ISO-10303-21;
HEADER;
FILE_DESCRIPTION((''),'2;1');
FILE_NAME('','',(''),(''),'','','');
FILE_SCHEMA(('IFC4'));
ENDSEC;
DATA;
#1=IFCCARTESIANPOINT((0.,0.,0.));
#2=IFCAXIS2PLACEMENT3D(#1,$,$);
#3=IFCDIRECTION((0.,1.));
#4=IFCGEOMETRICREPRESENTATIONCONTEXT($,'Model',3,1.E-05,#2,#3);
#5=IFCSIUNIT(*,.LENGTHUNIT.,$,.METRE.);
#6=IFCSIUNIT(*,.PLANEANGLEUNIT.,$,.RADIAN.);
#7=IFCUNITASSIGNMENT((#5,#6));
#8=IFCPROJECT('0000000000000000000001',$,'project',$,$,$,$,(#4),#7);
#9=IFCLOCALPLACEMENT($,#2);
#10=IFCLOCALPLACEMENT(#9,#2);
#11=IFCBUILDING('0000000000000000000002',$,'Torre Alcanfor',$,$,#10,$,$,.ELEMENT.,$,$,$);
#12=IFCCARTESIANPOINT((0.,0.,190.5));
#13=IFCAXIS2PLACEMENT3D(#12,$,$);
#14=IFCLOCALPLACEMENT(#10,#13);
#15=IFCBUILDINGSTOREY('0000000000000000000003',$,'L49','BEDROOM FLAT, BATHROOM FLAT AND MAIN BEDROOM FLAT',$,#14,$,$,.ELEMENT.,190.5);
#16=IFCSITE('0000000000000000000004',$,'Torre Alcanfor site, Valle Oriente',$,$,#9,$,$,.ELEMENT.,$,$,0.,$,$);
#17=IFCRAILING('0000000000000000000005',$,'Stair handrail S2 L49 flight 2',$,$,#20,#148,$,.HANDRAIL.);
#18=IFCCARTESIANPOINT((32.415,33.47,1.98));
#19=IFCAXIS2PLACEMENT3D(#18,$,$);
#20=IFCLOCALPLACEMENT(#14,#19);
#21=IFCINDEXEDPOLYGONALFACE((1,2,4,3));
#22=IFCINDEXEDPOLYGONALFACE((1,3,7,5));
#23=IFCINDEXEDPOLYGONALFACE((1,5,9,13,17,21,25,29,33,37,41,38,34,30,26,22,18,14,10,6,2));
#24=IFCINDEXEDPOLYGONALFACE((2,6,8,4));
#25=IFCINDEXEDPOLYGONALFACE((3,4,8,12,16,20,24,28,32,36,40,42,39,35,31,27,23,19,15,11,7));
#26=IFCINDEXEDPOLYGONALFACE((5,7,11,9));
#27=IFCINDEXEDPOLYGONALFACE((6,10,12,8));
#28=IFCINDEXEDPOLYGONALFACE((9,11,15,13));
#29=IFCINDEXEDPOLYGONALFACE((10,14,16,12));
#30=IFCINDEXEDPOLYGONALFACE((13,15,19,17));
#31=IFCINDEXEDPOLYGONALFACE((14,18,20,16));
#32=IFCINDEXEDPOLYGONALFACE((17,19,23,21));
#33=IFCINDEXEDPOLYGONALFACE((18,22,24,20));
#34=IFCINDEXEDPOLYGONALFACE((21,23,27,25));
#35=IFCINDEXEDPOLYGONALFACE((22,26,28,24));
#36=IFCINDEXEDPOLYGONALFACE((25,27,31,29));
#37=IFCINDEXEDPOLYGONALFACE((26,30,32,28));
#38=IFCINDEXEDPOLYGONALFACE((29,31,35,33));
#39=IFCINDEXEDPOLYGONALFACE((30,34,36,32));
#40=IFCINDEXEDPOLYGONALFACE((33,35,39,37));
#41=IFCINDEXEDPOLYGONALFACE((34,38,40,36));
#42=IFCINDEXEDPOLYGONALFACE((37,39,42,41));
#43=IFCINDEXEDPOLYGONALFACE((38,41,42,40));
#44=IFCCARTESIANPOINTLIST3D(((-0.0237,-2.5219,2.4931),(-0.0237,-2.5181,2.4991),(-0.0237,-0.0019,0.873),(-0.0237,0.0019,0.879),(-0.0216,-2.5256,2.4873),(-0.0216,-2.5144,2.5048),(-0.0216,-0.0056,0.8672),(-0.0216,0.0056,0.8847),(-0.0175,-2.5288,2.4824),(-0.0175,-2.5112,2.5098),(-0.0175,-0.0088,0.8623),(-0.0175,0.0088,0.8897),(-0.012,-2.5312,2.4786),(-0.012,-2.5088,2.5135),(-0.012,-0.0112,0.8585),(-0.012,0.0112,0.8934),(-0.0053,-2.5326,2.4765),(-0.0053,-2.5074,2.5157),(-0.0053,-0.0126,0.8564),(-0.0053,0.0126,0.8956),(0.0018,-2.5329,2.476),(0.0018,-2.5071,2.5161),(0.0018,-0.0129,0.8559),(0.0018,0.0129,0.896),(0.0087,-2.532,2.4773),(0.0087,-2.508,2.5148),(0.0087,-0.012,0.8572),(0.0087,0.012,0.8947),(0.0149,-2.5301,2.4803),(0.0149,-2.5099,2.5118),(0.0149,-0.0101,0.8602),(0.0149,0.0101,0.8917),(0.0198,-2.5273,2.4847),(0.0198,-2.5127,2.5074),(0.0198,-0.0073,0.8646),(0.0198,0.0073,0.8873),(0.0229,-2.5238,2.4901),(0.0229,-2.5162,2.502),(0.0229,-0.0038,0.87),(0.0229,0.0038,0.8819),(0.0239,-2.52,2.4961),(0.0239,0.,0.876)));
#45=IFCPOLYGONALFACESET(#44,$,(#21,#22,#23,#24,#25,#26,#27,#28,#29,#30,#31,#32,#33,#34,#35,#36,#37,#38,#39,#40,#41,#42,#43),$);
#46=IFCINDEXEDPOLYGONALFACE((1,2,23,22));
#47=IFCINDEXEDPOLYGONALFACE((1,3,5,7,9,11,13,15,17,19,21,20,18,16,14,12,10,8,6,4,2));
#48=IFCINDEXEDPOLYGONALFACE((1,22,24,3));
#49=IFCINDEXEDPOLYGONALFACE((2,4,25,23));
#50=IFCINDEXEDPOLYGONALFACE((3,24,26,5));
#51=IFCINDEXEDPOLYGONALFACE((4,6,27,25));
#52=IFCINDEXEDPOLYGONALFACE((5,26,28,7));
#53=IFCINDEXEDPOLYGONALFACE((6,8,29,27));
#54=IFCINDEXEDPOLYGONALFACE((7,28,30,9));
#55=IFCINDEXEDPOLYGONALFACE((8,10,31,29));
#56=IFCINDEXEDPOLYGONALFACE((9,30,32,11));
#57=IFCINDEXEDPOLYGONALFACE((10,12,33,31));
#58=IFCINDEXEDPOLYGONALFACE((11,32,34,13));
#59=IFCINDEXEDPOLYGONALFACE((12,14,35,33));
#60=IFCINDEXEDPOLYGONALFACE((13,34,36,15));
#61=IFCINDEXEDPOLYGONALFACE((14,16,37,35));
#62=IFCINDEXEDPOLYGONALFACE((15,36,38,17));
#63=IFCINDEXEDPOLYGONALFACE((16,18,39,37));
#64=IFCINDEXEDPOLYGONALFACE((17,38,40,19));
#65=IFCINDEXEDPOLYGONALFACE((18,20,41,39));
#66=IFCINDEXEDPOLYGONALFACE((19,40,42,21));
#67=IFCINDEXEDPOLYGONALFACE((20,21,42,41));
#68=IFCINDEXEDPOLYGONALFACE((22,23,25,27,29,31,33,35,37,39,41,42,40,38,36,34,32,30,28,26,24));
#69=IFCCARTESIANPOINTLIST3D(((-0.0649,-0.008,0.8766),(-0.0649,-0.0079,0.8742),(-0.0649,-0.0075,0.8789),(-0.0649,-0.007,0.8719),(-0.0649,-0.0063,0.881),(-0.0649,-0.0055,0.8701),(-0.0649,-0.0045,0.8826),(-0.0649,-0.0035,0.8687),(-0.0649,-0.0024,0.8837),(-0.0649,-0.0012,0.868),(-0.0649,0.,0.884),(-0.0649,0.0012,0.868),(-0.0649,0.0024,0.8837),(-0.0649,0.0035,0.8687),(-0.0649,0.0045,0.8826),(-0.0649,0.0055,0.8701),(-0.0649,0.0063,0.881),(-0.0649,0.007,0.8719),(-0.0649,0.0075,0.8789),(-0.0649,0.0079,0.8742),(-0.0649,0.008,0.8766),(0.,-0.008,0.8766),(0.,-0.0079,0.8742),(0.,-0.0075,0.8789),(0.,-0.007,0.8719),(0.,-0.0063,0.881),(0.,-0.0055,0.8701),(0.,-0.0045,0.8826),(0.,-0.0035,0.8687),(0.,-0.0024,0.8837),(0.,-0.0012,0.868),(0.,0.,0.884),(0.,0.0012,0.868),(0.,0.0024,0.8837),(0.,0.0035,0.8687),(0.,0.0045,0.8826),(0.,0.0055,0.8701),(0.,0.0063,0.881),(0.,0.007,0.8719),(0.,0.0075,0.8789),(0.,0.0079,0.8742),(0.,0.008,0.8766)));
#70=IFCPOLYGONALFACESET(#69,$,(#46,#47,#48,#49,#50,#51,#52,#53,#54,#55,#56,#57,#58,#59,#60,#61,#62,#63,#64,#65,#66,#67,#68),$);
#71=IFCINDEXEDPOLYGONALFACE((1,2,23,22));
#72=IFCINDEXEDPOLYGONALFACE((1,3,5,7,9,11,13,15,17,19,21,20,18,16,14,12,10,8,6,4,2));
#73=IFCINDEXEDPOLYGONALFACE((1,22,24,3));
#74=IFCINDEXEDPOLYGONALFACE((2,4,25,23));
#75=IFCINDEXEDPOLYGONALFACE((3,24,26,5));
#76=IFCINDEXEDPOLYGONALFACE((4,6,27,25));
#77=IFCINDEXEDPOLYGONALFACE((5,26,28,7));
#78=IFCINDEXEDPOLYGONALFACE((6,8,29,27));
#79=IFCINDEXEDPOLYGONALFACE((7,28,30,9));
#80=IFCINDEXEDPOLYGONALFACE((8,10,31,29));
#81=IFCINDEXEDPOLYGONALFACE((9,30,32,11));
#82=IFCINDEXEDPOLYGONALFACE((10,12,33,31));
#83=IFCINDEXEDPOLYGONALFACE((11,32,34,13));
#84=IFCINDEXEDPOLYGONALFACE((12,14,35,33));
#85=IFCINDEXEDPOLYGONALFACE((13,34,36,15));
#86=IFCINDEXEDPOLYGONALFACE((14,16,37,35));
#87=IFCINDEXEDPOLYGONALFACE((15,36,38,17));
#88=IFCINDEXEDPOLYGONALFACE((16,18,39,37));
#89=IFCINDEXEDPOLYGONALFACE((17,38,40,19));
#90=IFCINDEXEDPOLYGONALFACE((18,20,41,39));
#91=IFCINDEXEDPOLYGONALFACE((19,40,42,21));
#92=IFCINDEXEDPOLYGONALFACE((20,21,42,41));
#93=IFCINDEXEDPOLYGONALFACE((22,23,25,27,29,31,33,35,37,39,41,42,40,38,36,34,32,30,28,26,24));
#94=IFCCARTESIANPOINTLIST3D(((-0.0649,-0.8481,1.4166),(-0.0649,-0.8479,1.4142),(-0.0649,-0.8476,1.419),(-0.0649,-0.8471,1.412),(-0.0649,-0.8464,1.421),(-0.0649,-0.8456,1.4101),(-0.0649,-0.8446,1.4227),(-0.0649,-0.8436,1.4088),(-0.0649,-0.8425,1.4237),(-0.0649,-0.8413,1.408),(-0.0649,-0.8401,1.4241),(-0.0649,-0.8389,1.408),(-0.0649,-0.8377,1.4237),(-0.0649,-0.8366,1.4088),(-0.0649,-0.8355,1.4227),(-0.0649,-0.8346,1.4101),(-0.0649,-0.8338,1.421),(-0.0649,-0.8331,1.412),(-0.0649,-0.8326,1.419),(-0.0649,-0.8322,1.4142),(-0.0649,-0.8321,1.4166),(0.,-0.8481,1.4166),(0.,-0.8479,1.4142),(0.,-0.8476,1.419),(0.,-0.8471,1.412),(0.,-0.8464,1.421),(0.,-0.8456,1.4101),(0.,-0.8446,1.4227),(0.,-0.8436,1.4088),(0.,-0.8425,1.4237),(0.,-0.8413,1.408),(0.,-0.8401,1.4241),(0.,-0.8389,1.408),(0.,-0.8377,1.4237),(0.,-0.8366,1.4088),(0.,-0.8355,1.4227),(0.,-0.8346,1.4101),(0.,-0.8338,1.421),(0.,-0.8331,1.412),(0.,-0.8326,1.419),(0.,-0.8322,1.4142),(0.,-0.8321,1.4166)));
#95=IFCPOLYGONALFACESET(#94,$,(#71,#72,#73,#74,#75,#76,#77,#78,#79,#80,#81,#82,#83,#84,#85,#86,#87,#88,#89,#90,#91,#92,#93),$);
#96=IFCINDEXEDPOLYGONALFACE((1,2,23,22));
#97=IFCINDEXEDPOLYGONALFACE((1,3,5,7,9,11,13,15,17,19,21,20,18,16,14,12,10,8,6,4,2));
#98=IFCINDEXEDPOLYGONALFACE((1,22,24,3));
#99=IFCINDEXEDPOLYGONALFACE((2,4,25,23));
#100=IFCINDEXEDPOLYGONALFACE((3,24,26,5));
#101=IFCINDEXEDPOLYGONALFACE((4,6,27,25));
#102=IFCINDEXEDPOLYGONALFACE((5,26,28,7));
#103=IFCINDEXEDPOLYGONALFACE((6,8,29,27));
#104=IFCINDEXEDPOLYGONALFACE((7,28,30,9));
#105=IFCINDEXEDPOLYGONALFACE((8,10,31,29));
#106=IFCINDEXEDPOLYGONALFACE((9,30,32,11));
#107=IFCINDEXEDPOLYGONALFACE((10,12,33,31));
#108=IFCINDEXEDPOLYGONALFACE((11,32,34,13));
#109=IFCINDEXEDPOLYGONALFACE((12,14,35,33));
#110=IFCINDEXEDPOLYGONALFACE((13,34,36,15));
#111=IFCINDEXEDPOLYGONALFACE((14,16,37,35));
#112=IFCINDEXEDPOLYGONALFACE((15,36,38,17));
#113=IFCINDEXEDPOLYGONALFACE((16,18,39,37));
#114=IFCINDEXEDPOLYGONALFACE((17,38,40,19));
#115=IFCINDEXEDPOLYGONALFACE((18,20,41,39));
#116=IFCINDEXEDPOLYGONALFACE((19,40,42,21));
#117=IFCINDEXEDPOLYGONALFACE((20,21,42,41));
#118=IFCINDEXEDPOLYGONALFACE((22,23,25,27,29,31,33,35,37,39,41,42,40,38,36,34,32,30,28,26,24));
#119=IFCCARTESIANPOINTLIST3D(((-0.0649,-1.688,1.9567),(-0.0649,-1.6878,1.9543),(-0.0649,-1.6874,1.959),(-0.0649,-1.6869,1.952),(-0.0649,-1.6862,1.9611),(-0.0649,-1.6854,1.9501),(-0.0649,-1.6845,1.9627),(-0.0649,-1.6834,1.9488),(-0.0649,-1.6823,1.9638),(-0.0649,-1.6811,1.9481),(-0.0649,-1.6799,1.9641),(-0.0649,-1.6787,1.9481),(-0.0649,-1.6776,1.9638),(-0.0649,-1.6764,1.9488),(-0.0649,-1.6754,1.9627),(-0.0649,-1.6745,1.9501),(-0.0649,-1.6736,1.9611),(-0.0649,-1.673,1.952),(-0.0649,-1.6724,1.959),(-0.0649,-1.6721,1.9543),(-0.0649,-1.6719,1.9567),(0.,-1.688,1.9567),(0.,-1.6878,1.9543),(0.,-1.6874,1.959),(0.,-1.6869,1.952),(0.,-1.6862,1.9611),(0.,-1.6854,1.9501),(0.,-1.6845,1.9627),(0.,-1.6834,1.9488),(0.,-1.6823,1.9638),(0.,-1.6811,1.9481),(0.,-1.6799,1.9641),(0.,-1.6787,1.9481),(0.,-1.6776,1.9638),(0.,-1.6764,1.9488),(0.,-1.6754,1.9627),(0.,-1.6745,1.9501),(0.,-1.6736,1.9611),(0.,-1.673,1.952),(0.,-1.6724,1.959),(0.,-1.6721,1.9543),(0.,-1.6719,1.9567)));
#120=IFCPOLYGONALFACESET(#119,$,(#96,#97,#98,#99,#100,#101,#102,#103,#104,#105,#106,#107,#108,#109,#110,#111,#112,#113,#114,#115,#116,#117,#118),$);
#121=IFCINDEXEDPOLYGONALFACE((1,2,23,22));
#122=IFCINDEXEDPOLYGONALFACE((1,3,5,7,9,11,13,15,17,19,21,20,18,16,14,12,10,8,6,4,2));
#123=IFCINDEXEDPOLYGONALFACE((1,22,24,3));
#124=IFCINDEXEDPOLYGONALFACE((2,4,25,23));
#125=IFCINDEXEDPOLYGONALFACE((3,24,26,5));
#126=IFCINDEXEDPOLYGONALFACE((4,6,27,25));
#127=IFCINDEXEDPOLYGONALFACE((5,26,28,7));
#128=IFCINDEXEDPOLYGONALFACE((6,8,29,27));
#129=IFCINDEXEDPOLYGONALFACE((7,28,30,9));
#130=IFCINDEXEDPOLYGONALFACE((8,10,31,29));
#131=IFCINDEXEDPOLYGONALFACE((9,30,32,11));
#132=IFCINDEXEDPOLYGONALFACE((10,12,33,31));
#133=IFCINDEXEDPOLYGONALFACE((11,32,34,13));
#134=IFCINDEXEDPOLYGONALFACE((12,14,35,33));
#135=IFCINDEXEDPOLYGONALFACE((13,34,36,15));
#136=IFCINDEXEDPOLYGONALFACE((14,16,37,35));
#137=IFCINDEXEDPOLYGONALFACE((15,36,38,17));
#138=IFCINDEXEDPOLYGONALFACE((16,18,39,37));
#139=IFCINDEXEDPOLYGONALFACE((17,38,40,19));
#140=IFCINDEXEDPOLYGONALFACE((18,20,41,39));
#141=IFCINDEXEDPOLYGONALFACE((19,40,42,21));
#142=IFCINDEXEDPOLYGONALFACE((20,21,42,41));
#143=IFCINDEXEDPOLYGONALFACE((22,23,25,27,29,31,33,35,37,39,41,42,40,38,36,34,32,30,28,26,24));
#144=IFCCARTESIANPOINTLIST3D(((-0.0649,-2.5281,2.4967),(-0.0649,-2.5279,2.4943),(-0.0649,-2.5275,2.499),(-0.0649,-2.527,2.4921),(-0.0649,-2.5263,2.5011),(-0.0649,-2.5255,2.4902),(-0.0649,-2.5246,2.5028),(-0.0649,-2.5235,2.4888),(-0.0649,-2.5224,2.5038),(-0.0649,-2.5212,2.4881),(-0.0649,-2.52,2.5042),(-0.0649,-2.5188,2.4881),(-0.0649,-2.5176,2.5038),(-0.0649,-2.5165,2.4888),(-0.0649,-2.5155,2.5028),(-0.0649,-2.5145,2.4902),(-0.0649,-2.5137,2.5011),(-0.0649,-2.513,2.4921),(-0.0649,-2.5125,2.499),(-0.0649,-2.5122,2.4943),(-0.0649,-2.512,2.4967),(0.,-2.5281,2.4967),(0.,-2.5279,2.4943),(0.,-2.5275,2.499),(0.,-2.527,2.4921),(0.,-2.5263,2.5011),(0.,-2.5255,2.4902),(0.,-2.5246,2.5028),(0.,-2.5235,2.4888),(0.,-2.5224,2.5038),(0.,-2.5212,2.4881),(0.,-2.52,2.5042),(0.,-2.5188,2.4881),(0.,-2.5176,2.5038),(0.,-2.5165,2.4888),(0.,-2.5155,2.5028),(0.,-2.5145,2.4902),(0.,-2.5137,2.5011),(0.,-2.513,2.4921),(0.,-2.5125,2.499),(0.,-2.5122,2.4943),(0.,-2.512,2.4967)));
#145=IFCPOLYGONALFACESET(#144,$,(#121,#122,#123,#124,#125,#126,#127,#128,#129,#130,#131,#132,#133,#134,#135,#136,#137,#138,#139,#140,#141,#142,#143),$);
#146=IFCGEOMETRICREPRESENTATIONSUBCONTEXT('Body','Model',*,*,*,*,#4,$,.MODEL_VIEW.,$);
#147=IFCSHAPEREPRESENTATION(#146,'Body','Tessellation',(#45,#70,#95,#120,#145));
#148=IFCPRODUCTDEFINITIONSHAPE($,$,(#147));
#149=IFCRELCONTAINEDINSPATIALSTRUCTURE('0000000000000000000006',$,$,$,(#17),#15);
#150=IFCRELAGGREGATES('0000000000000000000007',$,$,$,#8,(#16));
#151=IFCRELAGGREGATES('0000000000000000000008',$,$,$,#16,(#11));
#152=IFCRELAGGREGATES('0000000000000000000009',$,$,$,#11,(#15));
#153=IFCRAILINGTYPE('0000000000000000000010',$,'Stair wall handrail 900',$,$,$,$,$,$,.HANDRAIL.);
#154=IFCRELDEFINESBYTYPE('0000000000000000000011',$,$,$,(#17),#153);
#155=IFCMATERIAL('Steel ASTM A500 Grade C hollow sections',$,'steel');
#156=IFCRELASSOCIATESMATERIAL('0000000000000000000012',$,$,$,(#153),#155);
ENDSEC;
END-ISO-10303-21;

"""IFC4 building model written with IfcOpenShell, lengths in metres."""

from ifc_helpers import new_model, si_unit, direction, frame, origin, origin_2d, place, context, subcontext, project, spatial, circle, extrude, material, type_object, element, save


model = new_model("IFC4")

# Units and contexts
model_context = context("Model", 3, precision=1e-05, world=origin(), true_north=direction((0.0, 1.0)))
body_context = subcontext(model_context, "Body", "Model", "MODEL_VIEW")
ifc_project = project(units=[si_unit("LENGTHUNIT", "METRE"), si_unit("PLANEANGLEUNIT", "RADIAN")], contexts=[model_context])

# Site, building, storey
site_placement = place(None, origin())
site = spatial("IfcSite", under=ifc_project, at=site_placement, Name="Torre Alcanfor site, Valle Oriente", CompositionType="ELEMENT", RefElevation=0.0)
building_placement = place(site_placement, origin())
building = spatial("IfcBuilding", under=site, at=building_placement, Name="Torre Alcanfor", CompositionType="ELEMENT")
storey_placement = place(building_placement, frame((0.0, 0.0, 190.5)))
storey = spatial("IfcBuildingStorey", under=building, at=storey_placement, Name="L49", Description="BEDROOM FLAT, BATHROOM FLAT AND MAIN BEDROOM FLAT", CompositionType="ELEMENT", Elevation=190.5)

# Railing
ifc_material_1 = material(Name="Steel ASTM A500 Grade C hollow sections", Category="steel")
railing_type_1 = type_object("IfcRailingType", Name="Stair wall handrail 900", PredefinedType="HANDRAIL", material=ifc_material_1)
railing_1_placement = place(storey_placement, frame((32.415, 33.47, 1.98)))
element("IfcRailing", 1, at=railing_1_placement, inside=storey, type_object=railing_type_1, Name="Stair handrail S2 L49 flight 2", PredefinedType="HANDRAIL", context=body_context, shape_type="SweptSolid", body=[
    extrude(circle(Radius=0.0239, at=origin_2d()), frame((0.0, 0.0, 0.876), z_axis=(0.0, -0.841163, 0.540782), x_axis=(1.0, 0.0, 0.0)), (0.0, 0.0, 1.0), 2.9958),
    extrude(circle(Radius=0.0081, at=origin_2d()), frame((0.0, 0.0, 0.876), z_axis=(-1.0, 0.0, 0.0), x_axis=(0.0, 0.0, 1.0)), (0.0, 0.0, 1.0), 0.0649),
    extrude(circle(Radius=0.0081, at=origin_2d()), frame((0.0, -0.8401, 1.416), z_axis=(-1.0, 0.0, 0.0), x_axis=(0.0, 0.0, 1.0)), (0.0, 0.0, 1.0), 0.0649),
    extrude(circle(Radius=0.0081, at=origin_2d()), frame((0.0, -1.6799, 1.9561), z_axis=(-1.0, 0.0, 0.0), x_axis=(0.0, 0.0, 1.0)), (0.0, 0.0, 1.0), 0.0649),
    extrude(circle(Radius=0.0081, at=origin_2d()), frame((0.0, -2.52, 2.4961), z_axis=(-1.0, 0.0, 0.0), x_axis=(0.0, 0.0, 1.0)), (0.0, 0.0, 1.0), 0.0649),
])

save(model, "model.ifc")
